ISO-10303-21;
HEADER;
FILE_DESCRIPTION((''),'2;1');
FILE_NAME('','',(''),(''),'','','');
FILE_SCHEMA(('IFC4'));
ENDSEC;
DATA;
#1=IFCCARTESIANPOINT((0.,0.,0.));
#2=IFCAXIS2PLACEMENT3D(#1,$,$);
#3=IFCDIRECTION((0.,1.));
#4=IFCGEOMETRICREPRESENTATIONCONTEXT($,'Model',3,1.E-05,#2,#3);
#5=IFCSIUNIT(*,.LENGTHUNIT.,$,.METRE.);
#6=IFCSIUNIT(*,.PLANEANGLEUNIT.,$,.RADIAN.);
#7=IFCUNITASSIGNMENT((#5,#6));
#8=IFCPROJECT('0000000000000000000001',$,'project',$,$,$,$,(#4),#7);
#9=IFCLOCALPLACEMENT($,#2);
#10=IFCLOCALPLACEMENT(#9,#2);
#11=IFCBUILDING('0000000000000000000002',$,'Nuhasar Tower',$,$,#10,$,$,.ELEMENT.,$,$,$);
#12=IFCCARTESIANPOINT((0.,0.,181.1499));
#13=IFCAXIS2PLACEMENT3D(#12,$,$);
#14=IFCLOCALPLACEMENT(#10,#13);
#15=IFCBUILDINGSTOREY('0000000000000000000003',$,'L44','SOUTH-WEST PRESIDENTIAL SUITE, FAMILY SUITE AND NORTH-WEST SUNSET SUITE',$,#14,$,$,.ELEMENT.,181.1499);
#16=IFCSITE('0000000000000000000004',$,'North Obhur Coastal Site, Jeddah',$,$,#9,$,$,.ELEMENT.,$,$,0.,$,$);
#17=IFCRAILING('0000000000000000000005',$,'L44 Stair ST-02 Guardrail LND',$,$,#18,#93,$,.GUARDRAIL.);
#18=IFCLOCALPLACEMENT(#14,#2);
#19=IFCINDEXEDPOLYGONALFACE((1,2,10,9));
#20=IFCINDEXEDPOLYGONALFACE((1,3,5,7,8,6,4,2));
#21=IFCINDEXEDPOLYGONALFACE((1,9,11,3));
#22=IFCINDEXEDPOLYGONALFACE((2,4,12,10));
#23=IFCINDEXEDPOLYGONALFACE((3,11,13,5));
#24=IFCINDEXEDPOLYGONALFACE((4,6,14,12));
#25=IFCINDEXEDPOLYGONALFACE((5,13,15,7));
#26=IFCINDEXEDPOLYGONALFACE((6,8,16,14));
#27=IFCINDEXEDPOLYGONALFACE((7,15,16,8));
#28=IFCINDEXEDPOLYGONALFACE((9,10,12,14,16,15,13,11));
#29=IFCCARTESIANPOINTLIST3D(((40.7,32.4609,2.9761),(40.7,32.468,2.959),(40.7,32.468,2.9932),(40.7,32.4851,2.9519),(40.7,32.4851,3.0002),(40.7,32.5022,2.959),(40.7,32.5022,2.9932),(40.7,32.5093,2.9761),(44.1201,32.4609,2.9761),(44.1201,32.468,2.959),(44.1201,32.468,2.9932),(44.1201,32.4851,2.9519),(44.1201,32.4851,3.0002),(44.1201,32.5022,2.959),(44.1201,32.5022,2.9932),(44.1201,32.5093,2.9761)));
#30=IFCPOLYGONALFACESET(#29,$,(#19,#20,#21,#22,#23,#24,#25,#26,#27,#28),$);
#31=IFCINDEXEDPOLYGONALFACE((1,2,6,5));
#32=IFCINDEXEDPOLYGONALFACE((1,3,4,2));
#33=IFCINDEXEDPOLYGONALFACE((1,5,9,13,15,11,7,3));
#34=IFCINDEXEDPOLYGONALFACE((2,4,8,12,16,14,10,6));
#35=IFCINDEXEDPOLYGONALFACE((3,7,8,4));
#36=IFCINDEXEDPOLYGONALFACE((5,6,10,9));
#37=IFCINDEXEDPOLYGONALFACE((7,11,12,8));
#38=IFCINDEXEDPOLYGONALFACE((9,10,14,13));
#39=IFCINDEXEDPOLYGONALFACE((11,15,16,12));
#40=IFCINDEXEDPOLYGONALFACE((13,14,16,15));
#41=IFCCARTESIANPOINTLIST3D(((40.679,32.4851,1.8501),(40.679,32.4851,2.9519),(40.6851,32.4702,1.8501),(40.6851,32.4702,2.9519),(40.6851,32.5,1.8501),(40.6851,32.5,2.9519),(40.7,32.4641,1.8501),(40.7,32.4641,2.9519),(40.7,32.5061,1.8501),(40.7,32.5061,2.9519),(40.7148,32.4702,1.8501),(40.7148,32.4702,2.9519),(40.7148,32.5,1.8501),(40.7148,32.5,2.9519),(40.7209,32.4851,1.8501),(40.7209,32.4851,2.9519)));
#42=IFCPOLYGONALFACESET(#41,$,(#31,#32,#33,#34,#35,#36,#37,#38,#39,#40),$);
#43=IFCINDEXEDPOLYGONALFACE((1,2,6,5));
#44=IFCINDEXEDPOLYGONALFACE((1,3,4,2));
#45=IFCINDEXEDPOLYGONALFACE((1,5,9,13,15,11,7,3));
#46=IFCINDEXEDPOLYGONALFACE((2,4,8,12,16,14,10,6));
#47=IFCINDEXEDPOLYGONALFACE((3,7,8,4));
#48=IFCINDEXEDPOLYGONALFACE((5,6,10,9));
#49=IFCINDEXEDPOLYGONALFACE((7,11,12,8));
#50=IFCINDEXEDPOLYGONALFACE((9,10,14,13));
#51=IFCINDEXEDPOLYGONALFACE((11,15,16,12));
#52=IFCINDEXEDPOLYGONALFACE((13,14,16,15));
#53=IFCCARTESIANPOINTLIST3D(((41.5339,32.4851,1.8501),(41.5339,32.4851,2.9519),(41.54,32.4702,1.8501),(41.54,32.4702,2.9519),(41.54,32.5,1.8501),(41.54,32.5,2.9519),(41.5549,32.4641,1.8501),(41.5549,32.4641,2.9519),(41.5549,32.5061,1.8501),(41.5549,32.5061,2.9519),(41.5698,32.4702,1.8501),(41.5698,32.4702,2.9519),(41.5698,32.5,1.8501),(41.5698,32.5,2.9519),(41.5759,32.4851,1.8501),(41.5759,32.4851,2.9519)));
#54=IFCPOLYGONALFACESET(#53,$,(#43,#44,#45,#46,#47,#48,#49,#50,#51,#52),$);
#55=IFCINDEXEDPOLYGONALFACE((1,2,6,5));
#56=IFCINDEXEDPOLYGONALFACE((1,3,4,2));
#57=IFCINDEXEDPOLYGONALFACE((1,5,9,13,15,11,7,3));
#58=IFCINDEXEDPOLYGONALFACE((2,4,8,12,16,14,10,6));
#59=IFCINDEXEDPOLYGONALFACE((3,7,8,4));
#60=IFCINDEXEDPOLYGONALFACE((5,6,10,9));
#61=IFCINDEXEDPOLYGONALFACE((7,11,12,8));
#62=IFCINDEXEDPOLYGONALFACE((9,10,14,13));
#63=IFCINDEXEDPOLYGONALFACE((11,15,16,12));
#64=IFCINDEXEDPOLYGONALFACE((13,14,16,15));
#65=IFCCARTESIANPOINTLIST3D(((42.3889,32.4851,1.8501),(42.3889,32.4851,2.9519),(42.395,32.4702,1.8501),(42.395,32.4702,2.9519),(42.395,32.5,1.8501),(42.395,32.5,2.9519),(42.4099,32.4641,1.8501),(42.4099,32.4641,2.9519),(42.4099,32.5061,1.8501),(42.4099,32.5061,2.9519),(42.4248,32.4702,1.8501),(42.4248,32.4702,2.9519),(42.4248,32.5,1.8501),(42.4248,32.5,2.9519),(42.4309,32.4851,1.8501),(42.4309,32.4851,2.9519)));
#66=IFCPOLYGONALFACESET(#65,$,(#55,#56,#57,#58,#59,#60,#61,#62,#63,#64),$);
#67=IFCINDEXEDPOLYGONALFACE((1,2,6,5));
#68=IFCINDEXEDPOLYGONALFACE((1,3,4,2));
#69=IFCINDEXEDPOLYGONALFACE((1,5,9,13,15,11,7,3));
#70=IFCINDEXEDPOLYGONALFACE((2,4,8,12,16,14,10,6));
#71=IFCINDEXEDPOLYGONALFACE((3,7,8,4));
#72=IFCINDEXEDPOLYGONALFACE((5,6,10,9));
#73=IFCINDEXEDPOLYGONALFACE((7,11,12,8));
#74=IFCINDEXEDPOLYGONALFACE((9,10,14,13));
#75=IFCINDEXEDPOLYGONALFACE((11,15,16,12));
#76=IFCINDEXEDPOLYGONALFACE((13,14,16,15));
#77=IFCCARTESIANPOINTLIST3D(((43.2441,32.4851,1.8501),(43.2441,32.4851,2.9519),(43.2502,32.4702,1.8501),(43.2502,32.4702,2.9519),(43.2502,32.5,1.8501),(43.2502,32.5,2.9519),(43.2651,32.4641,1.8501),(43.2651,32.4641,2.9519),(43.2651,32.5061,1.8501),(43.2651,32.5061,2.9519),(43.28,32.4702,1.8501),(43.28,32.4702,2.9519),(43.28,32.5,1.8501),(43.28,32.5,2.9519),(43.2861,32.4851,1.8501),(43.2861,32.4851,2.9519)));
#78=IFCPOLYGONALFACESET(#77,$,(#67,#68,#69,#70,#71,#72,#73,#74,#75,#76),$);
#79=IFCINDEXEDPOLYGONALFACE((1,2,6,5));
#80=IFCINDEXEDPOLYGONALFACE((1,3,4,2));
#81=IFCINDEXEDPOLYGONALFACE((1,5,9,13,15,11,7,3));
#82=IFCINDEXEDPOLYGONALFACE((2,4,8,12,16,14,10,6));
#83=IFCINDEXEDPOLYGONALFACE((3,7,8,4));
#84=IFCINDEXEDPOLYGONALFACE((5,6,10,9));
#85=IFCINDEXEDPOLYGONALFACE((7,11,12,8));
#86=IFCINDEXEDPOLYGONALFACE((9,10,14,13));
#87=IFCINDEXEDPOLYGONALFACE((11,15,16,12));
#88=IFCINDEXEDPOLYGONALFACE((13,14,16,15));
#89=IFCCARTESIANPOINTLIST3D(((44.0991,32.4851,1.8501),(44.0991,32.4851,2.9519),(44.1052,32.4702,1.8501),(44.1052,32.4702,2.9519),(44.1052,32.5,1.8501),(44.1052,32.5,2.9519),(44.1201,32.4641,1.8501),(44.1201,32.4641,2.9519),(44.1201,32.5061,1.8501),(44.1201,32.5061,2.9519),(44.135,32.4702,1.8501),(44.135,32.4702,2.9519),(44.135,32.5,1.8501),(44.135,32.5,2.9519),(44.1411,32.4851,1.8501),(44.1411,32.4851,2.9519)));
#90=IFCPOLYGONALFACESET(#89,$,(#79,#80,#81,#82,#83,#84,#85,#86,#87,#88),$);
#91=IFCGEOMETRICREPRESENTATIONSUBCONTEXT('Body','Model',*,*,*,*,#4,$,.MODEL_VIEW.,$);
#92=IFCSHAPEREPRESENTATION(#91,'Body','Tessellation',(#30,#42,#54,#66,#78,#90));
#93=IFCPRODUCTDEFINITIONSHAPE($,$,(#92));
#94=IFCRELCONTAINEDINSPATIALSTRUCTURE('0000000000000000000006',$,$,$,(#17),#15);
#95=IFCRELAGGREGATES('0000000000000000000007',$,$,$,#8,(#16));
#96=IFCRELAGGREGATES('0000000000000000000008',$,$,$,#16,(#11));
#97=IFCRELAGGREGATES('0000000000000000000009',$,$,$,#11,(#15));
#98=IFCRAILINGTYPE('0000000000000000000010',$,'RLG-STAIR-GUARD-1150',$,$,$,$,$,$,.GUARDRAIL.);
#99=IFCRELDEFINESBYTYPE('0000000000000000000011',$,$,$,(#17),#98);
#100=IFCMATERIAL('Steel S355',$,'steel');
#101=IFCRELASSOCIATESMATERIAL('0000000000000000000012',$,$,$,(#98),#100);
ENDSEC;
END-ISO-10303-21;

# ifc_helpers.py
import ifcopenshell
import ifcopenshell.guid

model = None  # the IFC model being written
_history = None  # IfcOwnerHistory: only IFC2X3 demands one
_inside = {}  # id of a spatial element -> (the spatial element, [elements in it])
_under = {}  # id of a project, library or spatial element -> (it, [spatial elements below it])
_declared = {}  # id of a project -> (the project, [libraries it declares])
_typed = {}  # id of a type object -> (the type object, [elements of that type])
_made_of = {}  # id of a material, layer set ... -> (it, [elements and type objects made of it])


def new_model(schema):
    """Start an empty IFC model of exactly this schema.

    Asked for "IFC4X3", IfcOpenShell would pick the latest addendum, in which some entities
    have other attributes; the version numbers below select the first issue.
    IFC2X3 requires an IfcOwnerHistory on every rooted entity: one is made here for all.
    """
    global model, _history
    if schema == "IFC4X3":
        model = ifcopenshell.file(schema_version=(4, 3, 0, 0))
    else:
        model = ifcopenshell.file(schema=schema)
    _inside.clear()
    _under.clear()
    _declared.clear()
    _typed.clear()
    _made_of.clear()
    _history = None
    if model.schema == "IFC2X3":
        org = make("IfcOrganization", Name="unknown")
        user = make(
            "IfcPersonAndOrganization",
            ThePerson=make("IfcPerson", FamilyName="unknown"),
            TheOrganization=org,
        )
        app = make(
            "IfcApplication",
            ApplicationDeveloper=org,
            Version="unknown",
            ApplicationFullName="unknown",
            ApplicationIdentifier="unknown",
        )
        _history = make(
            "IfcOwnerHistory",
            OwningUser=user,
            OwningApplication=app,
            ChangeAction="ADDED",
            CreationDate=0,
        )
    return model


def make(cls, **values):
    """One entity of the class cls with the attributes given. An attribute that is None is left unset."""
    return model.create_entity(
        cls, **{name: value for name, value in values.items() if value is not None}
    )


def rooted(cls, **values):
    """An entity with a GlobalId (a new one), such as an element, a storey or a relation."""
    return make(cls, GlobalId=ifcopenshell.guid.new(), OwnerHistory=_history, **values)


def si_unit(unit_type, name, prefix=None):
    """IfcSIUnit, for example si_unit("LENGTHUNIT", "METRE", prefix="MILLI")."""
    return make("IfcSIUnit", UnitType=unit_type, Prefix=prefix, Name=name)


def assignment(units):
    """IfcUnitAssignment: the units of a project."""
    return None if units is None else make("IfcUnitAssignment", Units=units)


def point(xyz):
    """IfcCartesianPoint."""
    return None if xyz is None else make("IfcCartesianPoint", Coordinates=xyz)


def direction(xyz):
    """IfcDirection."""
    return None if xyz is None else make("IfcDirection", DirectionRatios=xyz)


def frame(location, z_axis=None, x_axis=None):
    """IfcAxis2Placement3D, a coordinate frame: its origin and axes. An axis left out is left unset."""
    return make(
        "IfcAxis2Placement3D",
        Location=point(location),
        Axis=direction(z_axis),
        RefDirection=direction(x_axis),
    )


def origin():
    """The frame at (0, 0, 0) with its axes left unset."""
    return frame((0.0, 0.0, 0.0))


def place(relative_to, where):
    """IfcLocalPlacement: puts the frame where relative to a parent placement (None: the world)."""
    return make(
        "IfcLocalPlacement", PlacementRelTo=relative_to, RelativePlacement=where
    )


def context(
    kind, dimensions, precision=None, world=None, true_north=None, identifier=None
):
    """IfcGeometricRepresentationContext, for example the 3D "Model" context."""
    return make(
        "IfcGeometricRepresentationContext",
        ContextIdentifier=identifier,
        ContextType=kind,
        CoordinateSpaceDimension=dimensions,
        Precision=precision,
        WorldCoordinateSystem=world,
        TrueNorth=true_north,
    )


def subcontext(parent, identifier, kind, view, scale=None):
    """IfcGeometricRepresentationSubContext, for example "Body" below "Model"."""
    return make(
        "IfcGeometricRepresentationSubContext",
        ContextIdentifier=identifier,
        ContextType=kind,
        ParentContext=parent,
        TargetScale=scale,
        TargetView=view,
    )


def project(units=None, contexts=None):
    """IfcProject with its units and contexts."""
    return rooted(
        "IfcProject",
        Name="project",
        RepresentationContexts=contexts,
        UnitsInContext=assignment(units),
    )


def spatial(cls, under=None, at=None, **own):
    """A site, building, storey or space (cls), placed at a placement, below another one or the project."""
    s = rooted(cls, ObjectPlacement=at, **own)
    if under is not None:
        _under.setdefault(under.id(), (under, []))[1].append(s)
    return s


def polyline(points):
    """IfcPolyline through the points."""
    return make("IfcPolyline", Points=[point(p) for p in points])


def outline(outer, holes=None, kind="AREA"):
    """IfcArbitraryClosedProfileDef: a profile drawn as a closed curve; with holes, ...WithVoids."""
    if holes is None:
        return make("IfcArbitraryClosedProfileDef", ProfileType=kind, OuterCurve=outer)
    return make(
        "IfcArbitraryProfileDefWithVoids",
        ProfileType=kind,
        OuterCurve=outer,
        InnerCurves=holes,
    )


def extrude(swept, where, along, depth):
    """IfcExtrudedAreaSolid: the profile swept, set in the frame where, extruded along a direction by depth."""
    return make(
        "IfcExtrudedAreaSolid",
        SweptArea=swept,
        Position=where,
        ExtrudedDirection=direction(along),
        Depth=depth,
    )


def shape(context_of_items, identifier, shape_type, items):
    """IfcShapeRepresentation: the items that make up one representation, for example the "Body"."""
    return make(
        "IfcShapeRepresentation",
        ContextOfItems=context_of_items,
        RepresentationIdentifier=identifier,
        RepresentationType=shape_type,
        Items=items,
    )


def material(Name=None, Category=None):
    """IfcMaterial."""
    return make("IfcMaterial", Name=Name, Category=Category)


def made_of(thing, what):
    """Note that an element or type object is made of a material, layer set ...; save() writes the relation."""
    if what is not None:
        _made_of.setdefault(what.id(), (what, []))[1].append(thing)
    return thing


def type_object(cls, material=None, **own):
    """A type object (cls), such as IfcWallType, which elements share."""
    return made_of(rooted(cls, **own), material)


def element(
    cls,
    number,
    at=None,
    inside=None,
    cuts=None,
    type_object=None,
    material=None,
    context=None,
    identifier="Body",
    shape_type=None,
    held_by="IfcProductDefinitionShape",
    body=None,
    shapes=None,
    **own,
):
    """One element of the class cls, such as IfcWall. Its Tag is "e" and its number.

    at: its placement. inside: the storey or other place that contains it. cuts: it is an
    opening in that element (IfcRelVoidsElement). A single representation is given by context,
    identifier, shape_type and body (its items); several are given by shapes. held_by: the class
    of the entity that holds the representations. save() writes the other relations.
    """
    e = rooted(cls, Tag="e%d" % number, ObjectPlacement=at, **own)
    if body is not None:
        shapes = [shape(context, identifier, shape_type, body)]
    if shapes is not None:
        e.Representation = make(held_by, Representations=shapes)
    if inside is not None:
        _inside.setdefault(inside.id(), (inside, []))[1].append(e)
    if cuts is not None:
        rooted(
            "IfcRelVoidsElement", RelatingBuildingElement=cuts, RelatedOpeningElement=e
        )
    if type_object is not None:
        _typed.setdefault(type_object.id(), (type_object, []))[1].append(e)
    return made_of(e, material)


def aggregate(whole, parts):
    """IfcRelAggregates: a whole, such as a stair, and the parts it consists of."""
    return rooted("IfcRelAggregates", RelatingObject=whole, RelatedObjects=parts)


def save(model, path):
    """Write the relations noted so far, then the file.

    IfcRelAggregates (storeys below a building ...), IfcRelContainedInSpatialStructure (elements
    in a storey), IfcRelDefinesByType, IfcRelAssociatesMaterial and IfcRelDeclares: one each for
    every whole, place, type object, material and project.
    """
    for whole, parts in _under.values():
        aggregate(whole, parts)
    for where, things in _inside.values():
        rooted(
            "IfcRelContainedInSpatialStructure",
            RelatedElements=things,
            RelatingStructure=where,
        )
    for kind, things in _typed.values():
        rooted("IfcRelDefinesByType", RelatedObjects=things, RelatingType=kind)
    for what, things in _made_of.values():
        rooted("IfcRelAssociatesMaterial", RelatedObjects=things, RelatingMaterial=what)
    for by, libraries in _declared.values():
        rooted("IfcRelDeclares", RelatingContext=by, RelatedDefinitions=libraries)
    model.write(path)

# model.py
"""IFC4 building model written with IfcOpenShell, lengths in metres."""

from ifc_helpers import new_model, si_unit, direction, frame, origin, place, context, subcontext, project, spatial, polyline, outline, extrude, material, type_object, element, save


model = new_model("IFC4")

# Units and contexts
model_context = context("Model", 3, precision=1e-05, world=origin(), true_north=direction((0.0, 1.0)))
body_context = subcontext(model_context, "Body", "Model", "MODEL_VIEW")
ifc_project = project(units=[si_unit("LENGTHUNIT", "METRE"), si_unit("PLANEANGLEUNIT", "RADIAN")], contexts=[model_context])

# Site, building, storey
site_placement = place(None, origin())
site = spatial("IfcSite", under=ifc_project, at=site_placement, Name="North Obhur Coastal Site, Jeddah", CompositionType="ELEMENT", RefElevation=0.0)
building_placement = place(site_placement, origin())
building = spatial("IfcBuilding", under=site, at=building_placement, Name="Nuhasar Tower", CompositionType="ELEMENT")
storey_placement = place(building_placement, frame((0.0, 0.0, 181.1499)))
storey = spatial("IfcBuildingStorey", under=building, at=storey_placement, Name="L44", Description="SOUTH-WEST PRESIDENTIAL SUITE, FAMILY SUITE AND NORTH-WEST SUNSET SUITE", CompositionType="ELEMENT", Elevation=181.1499)

# Shared definitions
ifc_material_1 = material(Name="Steel S355", Category="steel")

# Railing
railing_type_1 = type_object("IfcRailingType", Name="RLG-STAIR-GUARD-1150", PredefinedType="GUARDRAIL", material=ifc_material_1)
railing_1_placement = place(storey_placement, frame((40.7, 32.4851, 1.8501)))
element("IfcRailing", 1, at=railing_1_placement, inside=storey, type_object=railing_type_1, Name="L44 Stair ST-02 Guardrail LND", PredefinedType="GUARDRAIL", context=body_context, shape_type="SweptSolid", body=[
    extrude(outline(polyline([(0.0242, 0.0), (0.0171, 0.0171), (0.0, 0.0242), (-0.0171, 0.0171), (-0.0242, 0.0), (-0.0171, -0.0171), (0.0, -0.0242), (0.0171, -0.0171), (0.0242, 0.0)])), frame((0.0, 0.0, 1.126), z_axis=(1.0, 0.0, 0.0), x_axis=(0.0, 1.0, 0.0)), (0.0, 0.0, 1.0), 3.4202),
    extrude(outline(polyline([(0.021, 0.0), (0.0149, 0.0149), (0.0, 0.021), (-0.0149, 0.0149), (-0.021, 0.0), (-0.0149, -0.0149), (0.0, -0.021), (0.0149, -0.0149), (0.021, 0.0)])), origin(), (0.0, 0.0, 1.0), 1.1018),
    extrude(outline(polyline([(0.021, 0.0), (0.0149, 0.0149), (0.0, 0.021), (-0.0149, 0.0149), (-0.021, 0.0), (-0.0149, -0.0149), (0.0, -0.021), (0.0149, -0.0149), (0.021, 0.0)])), frame((0.855, 0.0, 0.0)), (0.0, 0.0, 1.0), 1.1018),
    extrude(outline(polyline([(0.021, 0.0), (0.0149, 0.0149), (0.0, 0.021), (-0.0149, 0.0149), (-0.021, 0.0), (-0.0149, -0.0149), (0.0, -0.021), (0.0149, -0.0149), (0.021, 0.0)])), frame((1.71, 0.0, 0.0)), (0.0, 0.0, 1.0), 1.1018),
    extrude(outline(polyline([(0.021, 0.0), (0.0149, 0.0149), (0.0, 0.021), (-0.0149, 0.0149), (-0.021, 0.0), (-0.0149, -0.0149), (0.0, -0.021), (0.0149, -0.0149), (0.021, 0.0)])), frame((2.5652, 0.0, 0.0)), (0.0, 0.0, 1.0), 1.1018),
    extrude(outline(polyline([(0.021, 0.0), (0.0149, 0.0149), (0.0, 0.021), (-0.0149, 0.0149), (-0.021, 0.0), (-0.0149, -0.0149), (0.0, -0.021), (0.0149, -0.0149), (0.021, 0.0)])), frame((3.4202, 0.0, 0.0)), (0.0, 0.0, 1.0), 1.1018),
])

save(model, "model.ifc")
